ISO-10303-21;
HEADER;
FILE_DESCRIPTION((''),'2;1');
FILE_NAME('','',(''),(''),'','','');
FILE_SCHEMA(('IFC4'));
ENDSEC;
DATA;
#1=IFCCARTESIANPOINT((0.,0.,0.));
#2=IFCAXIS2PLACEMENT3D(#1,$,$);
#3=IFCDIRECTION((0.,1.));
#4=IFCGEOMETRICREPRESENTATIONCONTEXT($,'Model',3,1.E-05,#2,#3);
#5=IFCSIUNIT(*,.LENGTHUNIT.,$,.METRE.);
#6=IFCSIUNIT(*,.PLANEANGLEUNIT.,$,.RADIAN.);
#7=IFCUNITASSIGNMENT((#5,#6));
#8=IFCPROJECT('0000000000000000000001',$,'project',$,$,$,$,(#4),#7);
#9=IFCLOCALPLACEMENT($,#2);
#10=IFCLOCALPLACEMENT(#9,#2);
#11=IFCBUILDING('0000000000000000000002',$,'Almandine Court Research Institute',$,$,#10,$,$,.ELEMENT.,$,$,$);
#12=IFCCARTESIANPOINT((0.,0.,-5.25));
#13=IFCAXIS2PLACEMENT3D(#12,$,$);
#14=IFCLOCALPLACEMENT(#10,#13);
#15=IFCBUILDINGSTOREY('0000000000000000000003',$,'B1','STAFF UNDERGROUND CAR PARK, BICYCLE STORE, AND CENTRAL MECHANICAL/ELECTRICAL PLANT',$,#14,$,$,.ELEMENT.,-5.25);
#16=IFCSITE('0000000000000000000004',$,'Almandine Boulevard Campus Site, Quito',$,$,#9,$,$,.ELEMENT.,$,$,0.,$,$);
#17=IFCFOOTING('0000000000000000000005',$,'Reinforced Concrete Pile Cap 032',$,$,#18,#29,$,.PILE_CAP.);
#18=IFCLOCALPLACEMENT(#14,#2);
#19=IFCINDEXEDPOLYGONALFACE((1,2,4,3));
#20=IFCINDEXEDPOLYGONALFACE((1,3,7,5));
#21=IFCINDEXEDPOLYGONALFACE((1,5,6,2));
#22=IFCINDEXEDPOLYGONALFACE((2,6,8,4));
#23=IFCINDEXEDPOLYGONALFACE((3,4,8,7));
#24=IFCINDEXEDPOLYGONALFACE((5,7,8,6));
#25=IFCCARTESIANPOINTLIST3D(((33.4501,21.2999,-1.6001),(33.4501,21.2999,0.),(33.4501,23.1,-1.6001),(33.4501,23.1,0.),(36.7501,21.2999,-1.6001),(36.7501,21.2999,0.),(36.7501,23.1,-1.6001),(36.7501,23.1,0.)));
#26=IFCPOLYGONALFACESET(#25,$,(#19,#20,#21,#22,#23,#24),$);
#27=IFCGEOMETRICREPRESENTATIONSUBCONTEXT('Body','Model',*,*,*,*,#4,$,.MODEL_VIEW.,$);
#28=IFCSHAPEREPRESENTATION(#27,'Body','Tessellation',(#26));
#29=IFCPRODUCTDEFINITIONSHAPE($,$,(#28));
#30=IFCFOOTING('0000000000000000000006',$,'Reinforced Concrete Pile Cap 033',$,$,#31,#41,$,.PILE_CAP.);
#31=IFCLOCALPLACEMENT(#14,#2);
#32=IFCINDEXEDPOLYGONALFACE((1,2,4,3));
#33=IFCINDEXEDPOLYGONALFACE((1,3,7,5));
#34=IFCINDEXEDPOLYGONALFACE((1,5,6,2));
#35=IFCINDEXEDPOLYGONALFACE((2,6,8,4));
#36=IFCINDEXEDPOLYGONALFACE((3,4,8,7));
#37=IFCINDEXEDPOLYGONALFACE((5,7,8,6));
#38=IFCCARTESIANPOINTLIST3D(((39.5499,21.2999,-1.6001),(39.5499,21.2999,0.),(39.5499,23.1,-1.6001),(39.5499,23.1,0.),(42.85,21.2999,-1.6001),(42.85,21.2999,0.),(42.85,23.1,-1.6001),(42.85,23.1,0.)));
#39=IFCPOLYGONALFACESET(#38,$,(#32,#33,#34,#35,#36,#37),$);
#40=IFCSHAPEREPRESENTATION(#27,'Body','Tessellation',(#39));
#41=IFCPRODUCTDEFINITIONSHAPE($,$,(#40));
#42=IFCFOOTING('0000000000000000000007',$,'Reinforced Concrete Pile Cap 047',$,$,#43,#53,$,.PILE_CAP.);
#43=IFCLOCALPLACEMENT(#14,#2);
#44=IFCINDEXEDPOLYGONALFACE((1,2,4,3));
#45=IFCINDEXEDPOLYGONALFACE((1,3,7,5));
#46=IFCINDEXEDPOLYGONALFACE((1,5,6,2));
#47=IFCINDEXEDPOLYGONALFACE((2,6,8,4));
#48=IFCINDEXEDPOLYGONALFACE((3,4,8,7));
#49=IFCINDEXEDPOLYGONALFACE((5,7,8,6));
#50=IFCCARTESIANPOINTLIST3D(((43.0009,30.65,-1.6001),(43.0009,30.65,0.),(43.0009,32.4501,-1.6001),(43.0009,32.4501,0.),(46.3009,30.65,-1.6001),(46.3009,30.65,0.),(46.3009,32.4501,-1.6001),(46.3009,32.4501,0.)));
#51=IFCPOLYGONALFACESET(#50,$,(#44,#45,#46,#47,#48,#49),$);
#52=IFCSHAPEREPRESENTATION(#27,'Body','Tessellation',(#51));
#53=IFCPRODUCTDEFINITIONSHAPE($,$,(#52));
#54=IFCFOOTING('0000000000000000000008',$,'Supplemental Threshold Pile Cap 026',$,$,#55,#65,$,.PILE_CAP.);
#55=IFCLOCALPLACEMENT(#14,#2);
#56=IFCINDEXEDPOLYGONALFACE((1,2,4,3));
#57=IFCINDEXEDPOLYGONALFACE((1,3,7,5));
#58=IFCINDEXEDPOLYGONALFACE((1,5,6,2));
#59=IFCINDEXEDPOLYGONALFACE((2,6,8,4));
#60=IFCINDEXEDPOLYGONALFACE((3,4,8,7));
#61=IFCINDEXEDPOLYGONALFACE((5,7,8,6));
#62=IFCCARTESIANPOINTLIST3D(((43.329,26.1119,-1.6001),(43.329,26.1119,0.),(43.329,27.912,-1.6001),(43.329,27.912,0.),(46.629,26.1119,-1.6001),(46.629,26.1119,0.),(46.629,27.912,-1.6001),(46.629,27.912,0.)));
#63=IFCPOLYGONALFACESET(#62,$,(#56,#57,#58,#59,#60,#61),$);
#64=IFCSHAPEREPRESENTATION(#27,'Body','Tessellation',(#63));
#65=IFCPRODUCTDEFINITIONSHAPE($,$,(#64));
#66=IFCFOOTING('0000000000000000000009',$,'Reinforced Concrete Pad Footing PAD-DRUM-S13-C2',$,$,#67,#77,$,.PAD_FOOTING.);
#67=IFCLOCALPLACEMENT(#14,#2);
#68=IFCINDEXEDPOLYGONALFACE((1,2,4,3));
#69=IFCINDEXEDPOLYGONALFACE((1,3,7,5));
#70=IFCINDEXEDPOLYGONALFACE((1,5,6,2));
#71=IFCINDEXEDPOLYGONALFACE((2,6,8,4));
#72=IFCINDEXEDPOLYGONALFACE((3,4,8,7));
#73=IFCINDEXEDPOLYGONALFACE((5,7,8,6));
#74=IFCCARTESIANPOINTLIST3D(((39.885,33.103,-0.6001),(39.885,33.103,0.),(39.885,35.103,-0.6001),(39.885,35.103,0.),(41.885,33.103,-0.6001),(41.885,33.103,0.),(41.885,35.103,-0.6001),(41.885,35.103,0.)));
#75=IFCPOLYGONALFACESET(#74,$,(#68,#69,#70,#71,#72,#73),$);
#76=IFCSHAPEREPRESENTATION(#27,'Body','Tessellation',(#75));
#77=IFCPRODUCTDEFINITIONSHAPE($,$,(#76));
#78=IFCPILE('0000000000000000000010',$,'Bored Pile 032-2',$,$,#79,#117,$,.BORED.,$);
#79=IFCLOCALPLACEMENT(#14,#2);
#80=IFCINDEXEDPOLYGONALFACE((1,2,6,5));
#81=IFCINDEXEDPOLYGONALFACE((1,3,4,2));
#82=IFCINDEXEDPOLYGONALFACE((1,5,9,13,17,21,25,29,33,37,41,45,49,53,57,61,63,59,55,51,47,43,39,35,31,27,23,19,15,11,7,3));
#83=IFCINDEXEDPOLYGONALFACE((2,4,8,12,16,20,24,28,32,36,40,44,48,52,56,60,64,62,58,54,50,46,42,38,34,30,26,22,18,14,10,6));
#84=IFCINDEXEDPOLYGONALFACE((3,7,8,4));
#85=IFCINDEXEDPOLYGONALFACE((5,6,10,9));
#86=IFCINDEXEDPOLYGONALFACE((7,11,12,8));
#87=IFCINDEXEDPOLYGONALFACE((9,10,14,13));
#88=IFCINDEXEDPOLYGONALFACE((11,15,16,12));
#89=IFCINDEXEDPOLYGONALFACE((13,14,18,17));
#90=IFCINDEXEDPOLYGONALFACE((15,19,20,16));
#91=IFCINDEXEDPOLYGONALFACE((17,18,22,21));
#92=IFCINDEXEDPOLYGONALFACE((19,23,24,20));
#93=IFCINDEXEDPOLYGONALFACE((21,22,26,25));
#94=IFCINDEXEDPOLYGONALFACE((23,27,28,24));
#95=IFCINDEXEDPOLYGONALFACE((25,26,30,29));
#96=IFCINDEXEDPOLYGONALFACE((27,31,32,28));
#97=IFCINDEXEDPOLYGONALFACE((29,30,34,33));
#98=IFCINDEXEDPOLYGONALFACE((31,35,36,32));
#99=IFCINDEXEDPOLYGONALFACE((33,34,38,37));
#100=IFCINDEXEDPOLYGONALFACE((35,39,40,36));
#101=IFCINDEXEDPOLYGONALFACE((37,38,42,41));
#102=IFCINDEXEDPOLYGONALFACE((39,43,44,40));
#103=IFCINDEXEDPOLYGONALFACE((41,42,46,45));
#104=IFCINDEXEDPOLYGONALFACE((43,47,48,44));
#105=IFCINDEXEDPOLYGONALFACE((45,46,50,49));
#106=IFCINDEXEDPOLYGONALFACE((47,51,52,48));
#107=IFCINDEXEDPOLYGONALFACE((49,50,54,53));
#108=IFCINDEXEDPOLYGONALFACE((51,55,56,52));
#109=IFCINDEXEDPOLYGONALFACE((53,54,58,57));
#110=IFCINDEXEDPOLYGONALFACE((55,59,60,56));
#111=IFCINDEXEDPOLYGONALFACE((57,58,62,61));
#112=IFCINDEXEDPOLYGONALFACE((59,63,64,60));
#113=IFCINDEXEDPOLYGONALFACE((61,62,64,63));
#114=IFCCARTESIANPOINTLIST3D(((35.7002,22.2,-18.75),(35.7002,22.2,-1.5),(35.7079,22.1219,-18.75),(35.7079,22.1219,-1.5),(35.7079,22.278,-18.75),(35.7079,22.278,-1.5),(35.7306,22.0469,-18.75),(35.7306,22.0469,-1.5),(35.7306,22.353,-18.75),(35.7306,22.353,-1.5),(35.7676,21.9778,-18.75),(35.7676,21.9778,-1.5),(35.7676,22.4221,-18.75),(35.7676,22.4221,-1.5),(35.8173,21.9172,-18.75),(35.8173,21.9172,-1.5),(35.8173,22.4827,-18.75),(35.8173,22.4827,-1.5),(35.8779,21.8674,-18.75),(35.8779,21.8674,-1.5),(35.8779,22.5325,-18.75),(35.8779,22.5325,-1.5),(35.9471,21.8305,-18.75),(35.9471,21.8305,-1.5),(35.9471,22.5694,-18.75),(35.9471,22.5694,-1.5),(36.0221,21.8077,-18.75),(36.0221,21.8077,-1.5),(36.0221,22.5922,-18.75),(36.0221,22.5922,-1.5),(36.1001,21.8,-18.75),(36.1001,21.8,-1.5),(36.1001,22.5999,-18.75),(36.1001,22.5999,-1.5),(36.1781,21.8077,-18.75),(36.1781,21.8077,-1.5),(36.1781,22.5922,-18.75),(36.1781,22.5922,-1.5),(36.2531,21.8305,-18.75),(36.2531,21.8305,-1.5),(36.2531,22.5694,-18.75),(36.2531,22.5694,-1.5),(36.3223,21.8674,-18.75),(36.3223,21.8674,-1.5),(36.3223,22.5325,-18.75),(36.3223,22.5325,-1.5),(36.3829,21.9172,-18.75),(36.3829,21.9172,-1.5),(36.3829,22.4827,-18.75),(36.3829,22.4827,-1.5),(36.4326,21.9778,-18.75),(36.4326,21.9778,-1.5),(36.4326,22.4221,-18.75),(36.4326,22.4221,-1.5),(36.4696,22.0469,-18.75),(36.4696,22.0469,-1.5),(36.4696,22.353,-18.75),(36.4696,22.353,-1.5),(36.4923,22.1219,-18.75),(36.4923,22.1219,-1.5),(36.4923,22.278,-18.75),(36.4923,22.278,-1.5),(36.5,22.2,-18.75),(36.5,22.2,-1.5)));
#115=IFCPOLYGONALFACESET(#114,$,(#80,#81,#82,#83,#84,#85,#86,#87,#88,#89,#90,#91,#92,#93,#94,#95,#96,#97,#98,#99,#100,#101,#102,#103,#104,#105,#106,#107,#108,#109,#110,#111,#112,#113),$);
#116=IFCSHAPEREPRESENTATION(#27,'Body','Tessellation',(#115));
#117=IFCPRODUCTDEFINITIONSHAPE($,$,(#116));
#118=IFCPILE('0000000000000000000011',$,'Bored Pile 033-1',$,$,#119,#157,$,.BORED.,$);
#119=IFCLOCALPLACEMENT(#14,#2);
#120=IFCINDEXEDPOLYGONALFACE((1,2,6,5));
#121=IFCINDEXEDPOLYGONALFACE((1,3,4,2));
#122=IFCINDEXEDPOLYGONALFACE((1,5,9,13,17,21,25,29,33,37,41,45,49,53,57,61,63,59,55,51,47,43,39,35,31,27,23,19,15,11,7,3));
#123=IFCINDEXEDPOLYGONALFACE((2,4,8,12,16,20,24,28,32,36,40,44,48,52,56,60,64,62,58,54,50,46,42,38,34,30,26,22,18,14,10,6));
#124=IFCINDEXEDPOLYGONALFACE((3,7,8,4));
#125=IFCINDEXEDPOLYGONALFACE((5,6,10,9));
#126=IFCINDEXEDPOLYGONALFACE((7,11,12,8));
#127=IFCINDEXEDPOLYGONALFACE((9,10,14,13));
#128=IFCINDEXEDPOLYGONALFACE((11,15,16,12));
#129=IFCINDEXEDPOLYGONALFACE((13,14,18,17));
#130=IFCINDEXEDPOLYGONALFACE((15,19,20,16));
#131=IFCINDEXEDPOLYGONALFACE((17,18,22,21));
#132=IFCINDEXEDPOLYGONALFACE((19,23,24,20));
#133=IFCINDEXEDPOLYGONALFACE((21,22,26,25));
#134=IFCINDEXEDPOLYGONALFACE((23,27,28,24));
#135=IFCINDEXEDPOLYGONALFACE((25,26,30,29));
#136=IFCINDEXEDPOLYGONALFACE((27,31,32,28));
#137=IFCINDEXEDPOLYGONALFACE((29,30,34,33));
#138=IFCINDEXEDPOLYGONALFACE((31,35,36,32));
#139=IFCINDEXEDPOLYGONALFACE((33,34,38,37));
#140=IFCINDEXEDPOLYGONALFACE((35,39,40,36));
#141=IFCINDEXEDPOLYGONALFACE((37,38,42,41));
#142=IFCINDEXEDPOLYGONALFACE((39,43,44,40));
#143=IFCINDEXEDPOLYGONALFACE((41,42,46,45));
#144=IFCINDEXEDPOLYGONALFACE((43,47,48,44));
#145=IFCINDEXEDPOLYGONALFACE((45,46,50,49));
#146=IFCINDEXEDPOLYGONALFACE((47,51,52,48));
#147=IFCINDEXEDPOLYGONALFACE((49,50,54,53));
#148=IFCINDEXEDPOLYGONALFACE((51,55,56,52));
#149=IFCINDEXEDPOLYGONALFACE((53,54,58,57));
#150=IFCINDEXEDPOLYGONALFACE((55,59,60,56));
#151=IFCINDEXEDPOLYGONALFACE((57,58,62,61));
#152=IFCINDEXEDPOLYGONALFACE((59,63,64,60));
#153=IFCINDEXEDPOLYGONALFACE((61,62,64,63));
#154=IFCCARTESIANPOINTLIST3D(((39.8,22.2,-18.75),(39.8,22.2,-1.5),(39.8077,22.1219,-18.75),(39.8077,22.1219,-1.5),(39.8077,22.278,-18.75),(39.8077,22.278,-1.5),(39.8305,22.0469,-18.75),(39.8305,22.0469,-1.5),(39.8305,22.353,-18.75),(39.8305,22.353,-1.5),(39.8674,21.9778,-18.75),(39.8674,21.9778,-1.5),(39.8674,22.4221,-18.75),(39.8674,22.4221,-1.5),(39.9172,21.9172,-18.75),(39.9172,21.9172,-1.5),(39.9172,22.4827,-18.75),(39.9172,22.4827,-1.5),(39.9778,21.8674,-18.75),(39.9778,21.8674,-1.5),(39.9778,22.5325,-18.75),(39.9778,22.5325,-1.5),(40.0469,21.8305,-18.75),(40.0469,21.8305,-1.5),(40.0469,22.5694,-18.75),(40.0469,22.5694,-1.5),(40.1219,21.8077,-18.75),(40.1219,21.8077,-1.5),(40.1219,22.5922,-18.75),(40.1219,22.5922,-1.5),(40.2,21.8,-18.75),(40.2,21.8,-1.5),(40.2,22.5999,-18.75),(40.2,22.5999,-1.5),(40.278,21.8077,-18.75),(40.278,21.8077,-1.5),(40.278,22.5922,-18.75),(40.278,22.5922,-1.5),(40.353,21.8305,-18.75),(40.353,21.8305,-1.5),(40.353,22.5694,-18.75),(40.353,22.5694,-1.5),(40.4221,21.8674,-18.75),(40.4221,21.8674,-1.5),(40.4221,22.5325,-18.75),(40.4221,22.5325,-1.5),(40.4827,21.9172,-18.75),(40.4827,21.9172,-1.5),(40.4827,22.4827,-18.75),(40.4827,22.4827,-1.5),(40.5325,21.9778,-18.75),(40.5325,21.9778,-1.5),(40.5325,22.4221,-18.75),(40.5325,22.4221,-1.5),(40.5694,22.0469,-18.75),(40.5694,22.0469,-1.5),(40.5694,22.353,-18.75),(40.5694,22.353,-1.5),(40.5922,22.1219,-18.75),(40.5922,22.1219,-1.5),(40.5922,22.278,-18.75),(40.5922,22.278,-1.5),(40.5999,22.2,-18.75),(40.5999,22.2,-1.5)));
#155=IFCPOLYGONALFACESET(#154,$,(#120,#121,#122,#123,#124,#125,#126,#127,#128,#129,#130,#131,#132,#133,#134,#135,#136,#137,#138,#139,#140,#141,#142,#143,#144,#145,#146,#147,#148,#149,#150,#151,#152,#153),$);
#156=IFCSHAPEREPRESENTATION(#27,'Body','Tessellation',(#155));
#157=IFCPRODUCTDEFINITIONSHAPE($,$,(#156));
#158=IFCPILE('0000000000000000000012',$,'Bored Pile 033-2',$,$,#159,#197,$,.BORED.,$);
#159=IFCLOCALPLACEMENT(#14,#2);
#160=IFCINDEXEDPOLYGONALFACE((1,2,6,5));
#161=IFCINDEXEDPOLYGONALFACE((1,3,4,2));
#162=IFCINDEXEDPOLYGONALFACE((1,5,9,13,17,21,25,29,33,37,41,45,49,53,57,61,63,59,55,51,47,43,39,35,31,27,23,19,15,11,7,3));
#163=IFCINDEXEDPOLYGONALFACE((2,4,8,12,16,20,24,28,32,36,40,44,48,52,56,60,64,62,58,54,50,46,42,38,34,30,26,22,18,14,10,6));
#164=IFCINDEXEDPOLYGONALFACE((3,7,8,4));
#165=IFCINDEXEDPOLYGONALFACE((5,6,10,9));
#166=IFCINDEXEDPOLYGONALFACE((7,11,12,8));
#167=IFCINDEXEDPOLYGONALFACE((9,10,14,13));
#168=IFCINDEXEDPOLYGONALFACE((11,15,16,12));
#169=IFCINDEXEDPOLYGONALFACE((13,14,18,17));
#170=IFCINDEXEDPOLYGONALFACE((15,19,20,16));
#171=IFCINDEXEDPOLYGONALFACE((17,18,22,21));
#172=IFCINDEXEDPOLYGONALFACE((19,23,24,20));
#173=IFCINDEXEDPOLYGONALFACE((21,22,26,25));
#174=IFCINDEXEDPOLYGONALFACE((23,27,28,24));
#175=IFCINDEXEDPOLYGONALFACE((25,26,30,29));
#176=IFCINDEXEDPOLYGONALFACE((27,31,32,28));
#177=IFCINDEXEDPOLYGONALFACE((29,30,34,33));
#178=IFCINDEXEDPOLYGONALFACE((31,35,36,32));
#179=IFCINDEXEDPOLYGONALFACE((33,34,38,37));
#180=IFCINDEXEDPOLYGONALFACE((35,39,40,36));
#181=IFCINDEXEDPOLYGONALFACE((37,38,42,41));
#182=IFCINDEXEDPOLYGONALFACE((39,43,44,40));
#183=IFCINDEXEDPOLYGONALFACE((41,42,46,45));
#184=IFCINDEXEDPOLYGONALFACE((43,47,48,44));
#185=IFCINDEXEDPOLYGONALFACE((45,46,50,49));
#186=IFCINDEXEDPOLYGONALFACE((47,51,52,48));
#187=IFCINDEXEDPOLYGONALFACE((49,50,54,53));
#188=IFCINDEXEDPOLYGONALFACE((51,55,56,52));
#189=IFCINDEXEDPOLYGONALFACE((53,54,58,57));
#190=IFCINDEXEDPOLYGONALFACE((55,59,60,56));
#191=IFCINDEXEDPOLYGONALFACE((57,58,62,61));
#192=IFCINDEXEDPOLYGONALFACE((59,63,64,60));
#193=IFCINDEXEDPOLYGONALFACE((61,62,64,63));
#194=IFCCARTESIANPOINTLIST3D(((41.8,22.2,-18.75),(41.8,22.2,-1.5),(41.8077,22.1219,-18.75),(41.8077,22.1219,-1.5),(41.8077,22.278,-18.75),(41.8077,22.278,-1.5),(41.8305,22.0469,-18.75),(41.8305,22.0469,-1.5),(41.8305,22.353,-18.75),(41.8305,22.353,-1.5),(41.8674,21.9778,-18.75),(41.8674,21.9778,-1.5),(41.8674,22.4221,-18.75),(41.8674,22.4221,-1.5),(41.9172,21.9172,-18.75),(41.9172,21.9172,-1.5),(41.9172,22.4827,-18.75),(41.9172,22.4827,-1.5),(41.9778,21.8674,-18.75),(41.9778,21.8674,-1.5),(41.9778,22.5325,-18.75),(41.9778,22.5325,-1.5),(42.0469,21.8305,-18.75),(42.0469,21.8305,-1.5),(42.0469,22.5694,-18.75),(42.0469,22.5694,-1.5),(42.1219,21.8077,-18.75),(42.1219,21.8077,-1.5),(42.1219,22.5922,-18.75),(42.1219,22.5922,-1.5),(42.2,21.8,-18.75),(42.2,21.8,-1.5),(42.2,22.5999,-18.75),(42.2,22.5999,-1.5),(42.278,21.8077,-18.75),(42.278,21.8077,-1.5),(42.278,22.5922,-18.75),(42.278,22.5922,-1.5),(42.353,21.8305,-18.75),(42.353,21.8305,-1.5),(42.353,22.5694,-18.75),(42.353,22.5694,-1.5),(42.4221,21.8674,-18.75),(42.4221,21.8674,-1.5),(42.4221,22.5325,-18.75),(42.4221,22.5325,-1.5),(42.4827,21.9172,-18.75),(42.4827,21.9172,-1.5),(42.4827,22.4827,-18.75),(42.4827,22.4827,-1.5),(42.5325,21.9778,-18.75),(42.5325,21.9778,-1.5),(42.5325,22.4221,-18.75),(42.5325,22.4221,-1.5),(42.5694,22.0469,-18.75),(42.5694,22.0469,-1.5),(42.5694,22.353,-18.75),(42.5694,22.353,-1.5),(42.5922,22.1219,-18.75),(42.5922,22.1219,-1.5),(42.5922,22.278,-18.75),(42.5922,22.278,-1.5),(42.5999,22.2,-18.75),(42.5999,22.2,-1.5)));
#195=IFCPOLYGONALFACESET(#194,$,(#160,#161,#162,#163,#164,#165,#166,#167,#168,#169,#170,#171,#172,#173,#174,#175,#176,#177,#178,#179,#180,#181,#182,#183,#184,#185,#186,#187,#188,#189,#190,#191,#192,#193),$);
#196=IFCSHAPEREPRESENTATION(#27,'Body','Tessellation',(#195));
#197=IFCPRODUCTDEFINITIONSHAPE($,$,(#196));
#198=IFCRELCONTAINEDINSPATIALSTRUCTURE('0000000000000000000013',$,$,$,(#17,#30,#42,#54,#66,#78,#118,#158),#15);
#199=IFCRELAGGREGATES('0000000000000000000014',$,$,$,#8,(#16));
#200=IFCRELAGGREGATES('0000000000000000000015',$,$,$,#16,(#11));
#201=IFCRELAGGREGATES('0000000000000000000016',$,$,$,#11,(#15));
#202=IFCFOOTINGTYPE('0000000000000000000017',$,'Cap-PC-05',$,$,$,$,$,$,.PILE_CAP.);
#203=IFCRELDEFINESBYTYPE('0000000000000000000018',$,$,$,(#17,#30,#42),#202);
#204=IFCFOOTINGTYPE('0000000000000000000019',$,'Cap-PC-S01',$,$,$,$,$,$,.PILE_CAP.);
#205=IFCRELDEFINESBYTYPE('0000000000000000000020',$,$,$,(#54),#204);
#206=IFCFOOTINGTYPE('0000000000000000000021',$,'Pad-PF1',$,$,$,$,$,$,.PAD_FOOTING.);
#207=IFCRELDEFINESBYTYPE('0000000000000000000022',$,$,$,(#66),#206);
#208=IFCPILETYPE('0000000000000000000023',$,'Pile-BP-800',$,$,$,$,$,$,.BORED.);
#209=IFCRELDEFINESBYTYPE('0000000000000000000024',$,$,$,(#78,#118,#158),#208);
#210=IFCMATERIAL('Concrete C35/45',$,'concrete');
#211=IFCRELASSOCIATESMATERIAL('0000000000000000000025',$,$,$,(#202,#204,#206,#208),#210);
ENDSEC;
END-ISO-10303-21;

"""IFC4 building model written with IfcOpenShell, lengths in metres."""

from ifc_helpers import new_model, si_unit, direction, frame, origin, origin_2d, place, context, subcontext, project, spatial, rectangle, circle, extrude, material, material_profile, profile_set, type_object, element, save


model = new_model("IFC4")

# Units and contexts
model_context = context("Model", 3, precision=1e-05, world=origin(), true_north=direction((0.0, 1.0)))
body_context = subcontext(model_context, "Body", "Model", "MODEL_VIEW")
ifc_project = project(units=[si_unit("LENGTHUNIT", "METRE"), si_unit("PLANEANGLEUNIT", "RADIAN")], contexts=[model_context])

# Site, building, storey
site_placement = place(None, origin())
site = spatial("IfcSite", under=ifc_project, at=site_placement, Name="Almandine Boulevard Campus Site, Quito", CompositionType="ELEMENT", RefElevation=0.0)
building_placement = place(site_placement, origin())
building = spatial("IfcBuilding", under=site, at=building_placement, Name="Almandine Court Research Institute", CompositionType="ELEMENT")
storey_placement = place(building_placement, frame((0.0, 0.0, -5.25)))
storey = spatial("IfcBuildingStorey", under=building, at=storey_placement, Name="B1", Description="STAFF UNDERGROUND CAR PARK, BICYCLE STORE, AND CENTRAL MECHANICAL/ELECTRICAL PLANT", CompositionType="ELEMENT", Elevation=-5.25)

# Footings
ifc_material_1 = material(Name="Concrete C35/45", Category="concrete")
footing_type_1 = type_object("IfcFootingType", Name="Cap-PC-05", PredefinedType="PILE_CAP", material=ifc_material_1)
for number, where, z_axis, x_axis, name in (
    (1, (35.1001, 22.2, -1.6001), (0.0, 0.0, 1.0), (1.0, 0.0, 0.0), "Reinforced Concrete Pile Cap 032"),
    (2, (41.2, 22.2, -1.6001), (0.0, 0.0, 1.0), (1.0, 0.0, 0.0), "Reinforced Concrete Pile Cap 033"),
    (3, (44.6509, 31.55, -1.6001), (0.0, 0.0, 1.0), (1.0, 0.0, 0.0), "Reinforced Concrete Pile Cap 047"),
):
    element("IfcFooting", number, at=place(storey_placement, frame(where, z_axis=z_axis, x_axis=x_axis)), inside=storey, type_object=footing_type_1, Name=name, PredefinedType="PILE_CAP", context=body_context, shape_type="SweptSolid", body=[
        extrude(rectangle(XDim=3.3, YDim=1.8, at=origin_2d()), origin(), (0.0, 0.0, 1.0), 1.6001),
    ])
footing_type_2 = type_object("IfcFootingType", Name="Cap-PC-S01", PredefinedType="PILE_CAP", material=ifc_material_1)
footing_1_placement = place(storey_placement, frame((44.979, 27.012, -1.6001), z_axis=(0.0, 0.0, 1.0), x_axis=(1.0, 0.0, 0.0)))
element("IfcFooting", 4, at=footing_1_placement, inside=storey, type_object=footing_type_2, Name="Supplemental Threshold Pile Cap 026", PredefinedType="PILE_CAP", context=body_context, shape_type="SweptSolid", body=[
    extrude(rectangle(XDim=3.3, YDim=1.8, at=origin_2d()), origin(), (0.0, 0.0, 1.0), 1.6001),
])
footing_type_3 = type_object("IfcFootingType", Name="Pad-PF1", PredefinedType="PAD_FOOTING", material=ifc_material_1)
footing_2_placement = place(storey_placement, frame((40.885, 34.103, -0.6001), z_axis=(0.0, 0.0, 1.0), x_axis=(1.0, 0.0, 0.0)))
element("IfcFooting", 5, at=footing_2_placement, inside=storey, type_object=footing_type_3, Name="Reinforced Concrete Pad Footing PAD-DRUM-S13-C2", PredefinedType="PAD_FOOTING", context=body_context, shape_type="SweptSolid", body=[
    extrude(rectangle(XDim=2.0, YDim=2.0, at=origin_2d()), origin(), (0.0, 0.0, 1.0), 0.6001),
])

# Piles
ifc_material_profile_1 = material_profile(ifc_material_1, circle(Radius=0.3999, at=origin_2d()), Name="BORED PILE D800")
ifc_profile_set_1 = profile_set([ifc_material_profile_1], Name="Concrete C35/45")
pile_type = type_object("IfcPileType", Name="Pile-BP-800", PredefinedType="BORED", material=ifc_profile_set_1)
for number, where, z_axis, x_axis, name in (
    (6, (36.1001, 22.2, -1.5), (0.0, 0.0, -1.0), (1.0, 0.0, 0.0), "Bored Pile 032-2"),
    (7, (40.2, 22.2, -1.5), (0.0, 0.0, -1.0), (1.0, 0.0, 0.0), "Bored Pile 033-1"),
    (8, (42.2, 22.2, -1.5), (0.0, 0.0, -1.0), (1.0, 0.0, 0.0), "Bored Pile 033-2"),
):
    element("IfcPile", number, at=place(storey_placement, frame(where, z_axis=z_axis, x_axis=x_axis)), inside=storey, type_object=pile_type, Name=name, PredefinedType="BORED", context=body_context, shape_type="SweptSolid", body=[
        extrude(circle(Radius=0.3999, at=origin_2d()), origin(), (0.0, 0.0, 1.0), 17.25),
    ])

save(model, "model.ifc")
